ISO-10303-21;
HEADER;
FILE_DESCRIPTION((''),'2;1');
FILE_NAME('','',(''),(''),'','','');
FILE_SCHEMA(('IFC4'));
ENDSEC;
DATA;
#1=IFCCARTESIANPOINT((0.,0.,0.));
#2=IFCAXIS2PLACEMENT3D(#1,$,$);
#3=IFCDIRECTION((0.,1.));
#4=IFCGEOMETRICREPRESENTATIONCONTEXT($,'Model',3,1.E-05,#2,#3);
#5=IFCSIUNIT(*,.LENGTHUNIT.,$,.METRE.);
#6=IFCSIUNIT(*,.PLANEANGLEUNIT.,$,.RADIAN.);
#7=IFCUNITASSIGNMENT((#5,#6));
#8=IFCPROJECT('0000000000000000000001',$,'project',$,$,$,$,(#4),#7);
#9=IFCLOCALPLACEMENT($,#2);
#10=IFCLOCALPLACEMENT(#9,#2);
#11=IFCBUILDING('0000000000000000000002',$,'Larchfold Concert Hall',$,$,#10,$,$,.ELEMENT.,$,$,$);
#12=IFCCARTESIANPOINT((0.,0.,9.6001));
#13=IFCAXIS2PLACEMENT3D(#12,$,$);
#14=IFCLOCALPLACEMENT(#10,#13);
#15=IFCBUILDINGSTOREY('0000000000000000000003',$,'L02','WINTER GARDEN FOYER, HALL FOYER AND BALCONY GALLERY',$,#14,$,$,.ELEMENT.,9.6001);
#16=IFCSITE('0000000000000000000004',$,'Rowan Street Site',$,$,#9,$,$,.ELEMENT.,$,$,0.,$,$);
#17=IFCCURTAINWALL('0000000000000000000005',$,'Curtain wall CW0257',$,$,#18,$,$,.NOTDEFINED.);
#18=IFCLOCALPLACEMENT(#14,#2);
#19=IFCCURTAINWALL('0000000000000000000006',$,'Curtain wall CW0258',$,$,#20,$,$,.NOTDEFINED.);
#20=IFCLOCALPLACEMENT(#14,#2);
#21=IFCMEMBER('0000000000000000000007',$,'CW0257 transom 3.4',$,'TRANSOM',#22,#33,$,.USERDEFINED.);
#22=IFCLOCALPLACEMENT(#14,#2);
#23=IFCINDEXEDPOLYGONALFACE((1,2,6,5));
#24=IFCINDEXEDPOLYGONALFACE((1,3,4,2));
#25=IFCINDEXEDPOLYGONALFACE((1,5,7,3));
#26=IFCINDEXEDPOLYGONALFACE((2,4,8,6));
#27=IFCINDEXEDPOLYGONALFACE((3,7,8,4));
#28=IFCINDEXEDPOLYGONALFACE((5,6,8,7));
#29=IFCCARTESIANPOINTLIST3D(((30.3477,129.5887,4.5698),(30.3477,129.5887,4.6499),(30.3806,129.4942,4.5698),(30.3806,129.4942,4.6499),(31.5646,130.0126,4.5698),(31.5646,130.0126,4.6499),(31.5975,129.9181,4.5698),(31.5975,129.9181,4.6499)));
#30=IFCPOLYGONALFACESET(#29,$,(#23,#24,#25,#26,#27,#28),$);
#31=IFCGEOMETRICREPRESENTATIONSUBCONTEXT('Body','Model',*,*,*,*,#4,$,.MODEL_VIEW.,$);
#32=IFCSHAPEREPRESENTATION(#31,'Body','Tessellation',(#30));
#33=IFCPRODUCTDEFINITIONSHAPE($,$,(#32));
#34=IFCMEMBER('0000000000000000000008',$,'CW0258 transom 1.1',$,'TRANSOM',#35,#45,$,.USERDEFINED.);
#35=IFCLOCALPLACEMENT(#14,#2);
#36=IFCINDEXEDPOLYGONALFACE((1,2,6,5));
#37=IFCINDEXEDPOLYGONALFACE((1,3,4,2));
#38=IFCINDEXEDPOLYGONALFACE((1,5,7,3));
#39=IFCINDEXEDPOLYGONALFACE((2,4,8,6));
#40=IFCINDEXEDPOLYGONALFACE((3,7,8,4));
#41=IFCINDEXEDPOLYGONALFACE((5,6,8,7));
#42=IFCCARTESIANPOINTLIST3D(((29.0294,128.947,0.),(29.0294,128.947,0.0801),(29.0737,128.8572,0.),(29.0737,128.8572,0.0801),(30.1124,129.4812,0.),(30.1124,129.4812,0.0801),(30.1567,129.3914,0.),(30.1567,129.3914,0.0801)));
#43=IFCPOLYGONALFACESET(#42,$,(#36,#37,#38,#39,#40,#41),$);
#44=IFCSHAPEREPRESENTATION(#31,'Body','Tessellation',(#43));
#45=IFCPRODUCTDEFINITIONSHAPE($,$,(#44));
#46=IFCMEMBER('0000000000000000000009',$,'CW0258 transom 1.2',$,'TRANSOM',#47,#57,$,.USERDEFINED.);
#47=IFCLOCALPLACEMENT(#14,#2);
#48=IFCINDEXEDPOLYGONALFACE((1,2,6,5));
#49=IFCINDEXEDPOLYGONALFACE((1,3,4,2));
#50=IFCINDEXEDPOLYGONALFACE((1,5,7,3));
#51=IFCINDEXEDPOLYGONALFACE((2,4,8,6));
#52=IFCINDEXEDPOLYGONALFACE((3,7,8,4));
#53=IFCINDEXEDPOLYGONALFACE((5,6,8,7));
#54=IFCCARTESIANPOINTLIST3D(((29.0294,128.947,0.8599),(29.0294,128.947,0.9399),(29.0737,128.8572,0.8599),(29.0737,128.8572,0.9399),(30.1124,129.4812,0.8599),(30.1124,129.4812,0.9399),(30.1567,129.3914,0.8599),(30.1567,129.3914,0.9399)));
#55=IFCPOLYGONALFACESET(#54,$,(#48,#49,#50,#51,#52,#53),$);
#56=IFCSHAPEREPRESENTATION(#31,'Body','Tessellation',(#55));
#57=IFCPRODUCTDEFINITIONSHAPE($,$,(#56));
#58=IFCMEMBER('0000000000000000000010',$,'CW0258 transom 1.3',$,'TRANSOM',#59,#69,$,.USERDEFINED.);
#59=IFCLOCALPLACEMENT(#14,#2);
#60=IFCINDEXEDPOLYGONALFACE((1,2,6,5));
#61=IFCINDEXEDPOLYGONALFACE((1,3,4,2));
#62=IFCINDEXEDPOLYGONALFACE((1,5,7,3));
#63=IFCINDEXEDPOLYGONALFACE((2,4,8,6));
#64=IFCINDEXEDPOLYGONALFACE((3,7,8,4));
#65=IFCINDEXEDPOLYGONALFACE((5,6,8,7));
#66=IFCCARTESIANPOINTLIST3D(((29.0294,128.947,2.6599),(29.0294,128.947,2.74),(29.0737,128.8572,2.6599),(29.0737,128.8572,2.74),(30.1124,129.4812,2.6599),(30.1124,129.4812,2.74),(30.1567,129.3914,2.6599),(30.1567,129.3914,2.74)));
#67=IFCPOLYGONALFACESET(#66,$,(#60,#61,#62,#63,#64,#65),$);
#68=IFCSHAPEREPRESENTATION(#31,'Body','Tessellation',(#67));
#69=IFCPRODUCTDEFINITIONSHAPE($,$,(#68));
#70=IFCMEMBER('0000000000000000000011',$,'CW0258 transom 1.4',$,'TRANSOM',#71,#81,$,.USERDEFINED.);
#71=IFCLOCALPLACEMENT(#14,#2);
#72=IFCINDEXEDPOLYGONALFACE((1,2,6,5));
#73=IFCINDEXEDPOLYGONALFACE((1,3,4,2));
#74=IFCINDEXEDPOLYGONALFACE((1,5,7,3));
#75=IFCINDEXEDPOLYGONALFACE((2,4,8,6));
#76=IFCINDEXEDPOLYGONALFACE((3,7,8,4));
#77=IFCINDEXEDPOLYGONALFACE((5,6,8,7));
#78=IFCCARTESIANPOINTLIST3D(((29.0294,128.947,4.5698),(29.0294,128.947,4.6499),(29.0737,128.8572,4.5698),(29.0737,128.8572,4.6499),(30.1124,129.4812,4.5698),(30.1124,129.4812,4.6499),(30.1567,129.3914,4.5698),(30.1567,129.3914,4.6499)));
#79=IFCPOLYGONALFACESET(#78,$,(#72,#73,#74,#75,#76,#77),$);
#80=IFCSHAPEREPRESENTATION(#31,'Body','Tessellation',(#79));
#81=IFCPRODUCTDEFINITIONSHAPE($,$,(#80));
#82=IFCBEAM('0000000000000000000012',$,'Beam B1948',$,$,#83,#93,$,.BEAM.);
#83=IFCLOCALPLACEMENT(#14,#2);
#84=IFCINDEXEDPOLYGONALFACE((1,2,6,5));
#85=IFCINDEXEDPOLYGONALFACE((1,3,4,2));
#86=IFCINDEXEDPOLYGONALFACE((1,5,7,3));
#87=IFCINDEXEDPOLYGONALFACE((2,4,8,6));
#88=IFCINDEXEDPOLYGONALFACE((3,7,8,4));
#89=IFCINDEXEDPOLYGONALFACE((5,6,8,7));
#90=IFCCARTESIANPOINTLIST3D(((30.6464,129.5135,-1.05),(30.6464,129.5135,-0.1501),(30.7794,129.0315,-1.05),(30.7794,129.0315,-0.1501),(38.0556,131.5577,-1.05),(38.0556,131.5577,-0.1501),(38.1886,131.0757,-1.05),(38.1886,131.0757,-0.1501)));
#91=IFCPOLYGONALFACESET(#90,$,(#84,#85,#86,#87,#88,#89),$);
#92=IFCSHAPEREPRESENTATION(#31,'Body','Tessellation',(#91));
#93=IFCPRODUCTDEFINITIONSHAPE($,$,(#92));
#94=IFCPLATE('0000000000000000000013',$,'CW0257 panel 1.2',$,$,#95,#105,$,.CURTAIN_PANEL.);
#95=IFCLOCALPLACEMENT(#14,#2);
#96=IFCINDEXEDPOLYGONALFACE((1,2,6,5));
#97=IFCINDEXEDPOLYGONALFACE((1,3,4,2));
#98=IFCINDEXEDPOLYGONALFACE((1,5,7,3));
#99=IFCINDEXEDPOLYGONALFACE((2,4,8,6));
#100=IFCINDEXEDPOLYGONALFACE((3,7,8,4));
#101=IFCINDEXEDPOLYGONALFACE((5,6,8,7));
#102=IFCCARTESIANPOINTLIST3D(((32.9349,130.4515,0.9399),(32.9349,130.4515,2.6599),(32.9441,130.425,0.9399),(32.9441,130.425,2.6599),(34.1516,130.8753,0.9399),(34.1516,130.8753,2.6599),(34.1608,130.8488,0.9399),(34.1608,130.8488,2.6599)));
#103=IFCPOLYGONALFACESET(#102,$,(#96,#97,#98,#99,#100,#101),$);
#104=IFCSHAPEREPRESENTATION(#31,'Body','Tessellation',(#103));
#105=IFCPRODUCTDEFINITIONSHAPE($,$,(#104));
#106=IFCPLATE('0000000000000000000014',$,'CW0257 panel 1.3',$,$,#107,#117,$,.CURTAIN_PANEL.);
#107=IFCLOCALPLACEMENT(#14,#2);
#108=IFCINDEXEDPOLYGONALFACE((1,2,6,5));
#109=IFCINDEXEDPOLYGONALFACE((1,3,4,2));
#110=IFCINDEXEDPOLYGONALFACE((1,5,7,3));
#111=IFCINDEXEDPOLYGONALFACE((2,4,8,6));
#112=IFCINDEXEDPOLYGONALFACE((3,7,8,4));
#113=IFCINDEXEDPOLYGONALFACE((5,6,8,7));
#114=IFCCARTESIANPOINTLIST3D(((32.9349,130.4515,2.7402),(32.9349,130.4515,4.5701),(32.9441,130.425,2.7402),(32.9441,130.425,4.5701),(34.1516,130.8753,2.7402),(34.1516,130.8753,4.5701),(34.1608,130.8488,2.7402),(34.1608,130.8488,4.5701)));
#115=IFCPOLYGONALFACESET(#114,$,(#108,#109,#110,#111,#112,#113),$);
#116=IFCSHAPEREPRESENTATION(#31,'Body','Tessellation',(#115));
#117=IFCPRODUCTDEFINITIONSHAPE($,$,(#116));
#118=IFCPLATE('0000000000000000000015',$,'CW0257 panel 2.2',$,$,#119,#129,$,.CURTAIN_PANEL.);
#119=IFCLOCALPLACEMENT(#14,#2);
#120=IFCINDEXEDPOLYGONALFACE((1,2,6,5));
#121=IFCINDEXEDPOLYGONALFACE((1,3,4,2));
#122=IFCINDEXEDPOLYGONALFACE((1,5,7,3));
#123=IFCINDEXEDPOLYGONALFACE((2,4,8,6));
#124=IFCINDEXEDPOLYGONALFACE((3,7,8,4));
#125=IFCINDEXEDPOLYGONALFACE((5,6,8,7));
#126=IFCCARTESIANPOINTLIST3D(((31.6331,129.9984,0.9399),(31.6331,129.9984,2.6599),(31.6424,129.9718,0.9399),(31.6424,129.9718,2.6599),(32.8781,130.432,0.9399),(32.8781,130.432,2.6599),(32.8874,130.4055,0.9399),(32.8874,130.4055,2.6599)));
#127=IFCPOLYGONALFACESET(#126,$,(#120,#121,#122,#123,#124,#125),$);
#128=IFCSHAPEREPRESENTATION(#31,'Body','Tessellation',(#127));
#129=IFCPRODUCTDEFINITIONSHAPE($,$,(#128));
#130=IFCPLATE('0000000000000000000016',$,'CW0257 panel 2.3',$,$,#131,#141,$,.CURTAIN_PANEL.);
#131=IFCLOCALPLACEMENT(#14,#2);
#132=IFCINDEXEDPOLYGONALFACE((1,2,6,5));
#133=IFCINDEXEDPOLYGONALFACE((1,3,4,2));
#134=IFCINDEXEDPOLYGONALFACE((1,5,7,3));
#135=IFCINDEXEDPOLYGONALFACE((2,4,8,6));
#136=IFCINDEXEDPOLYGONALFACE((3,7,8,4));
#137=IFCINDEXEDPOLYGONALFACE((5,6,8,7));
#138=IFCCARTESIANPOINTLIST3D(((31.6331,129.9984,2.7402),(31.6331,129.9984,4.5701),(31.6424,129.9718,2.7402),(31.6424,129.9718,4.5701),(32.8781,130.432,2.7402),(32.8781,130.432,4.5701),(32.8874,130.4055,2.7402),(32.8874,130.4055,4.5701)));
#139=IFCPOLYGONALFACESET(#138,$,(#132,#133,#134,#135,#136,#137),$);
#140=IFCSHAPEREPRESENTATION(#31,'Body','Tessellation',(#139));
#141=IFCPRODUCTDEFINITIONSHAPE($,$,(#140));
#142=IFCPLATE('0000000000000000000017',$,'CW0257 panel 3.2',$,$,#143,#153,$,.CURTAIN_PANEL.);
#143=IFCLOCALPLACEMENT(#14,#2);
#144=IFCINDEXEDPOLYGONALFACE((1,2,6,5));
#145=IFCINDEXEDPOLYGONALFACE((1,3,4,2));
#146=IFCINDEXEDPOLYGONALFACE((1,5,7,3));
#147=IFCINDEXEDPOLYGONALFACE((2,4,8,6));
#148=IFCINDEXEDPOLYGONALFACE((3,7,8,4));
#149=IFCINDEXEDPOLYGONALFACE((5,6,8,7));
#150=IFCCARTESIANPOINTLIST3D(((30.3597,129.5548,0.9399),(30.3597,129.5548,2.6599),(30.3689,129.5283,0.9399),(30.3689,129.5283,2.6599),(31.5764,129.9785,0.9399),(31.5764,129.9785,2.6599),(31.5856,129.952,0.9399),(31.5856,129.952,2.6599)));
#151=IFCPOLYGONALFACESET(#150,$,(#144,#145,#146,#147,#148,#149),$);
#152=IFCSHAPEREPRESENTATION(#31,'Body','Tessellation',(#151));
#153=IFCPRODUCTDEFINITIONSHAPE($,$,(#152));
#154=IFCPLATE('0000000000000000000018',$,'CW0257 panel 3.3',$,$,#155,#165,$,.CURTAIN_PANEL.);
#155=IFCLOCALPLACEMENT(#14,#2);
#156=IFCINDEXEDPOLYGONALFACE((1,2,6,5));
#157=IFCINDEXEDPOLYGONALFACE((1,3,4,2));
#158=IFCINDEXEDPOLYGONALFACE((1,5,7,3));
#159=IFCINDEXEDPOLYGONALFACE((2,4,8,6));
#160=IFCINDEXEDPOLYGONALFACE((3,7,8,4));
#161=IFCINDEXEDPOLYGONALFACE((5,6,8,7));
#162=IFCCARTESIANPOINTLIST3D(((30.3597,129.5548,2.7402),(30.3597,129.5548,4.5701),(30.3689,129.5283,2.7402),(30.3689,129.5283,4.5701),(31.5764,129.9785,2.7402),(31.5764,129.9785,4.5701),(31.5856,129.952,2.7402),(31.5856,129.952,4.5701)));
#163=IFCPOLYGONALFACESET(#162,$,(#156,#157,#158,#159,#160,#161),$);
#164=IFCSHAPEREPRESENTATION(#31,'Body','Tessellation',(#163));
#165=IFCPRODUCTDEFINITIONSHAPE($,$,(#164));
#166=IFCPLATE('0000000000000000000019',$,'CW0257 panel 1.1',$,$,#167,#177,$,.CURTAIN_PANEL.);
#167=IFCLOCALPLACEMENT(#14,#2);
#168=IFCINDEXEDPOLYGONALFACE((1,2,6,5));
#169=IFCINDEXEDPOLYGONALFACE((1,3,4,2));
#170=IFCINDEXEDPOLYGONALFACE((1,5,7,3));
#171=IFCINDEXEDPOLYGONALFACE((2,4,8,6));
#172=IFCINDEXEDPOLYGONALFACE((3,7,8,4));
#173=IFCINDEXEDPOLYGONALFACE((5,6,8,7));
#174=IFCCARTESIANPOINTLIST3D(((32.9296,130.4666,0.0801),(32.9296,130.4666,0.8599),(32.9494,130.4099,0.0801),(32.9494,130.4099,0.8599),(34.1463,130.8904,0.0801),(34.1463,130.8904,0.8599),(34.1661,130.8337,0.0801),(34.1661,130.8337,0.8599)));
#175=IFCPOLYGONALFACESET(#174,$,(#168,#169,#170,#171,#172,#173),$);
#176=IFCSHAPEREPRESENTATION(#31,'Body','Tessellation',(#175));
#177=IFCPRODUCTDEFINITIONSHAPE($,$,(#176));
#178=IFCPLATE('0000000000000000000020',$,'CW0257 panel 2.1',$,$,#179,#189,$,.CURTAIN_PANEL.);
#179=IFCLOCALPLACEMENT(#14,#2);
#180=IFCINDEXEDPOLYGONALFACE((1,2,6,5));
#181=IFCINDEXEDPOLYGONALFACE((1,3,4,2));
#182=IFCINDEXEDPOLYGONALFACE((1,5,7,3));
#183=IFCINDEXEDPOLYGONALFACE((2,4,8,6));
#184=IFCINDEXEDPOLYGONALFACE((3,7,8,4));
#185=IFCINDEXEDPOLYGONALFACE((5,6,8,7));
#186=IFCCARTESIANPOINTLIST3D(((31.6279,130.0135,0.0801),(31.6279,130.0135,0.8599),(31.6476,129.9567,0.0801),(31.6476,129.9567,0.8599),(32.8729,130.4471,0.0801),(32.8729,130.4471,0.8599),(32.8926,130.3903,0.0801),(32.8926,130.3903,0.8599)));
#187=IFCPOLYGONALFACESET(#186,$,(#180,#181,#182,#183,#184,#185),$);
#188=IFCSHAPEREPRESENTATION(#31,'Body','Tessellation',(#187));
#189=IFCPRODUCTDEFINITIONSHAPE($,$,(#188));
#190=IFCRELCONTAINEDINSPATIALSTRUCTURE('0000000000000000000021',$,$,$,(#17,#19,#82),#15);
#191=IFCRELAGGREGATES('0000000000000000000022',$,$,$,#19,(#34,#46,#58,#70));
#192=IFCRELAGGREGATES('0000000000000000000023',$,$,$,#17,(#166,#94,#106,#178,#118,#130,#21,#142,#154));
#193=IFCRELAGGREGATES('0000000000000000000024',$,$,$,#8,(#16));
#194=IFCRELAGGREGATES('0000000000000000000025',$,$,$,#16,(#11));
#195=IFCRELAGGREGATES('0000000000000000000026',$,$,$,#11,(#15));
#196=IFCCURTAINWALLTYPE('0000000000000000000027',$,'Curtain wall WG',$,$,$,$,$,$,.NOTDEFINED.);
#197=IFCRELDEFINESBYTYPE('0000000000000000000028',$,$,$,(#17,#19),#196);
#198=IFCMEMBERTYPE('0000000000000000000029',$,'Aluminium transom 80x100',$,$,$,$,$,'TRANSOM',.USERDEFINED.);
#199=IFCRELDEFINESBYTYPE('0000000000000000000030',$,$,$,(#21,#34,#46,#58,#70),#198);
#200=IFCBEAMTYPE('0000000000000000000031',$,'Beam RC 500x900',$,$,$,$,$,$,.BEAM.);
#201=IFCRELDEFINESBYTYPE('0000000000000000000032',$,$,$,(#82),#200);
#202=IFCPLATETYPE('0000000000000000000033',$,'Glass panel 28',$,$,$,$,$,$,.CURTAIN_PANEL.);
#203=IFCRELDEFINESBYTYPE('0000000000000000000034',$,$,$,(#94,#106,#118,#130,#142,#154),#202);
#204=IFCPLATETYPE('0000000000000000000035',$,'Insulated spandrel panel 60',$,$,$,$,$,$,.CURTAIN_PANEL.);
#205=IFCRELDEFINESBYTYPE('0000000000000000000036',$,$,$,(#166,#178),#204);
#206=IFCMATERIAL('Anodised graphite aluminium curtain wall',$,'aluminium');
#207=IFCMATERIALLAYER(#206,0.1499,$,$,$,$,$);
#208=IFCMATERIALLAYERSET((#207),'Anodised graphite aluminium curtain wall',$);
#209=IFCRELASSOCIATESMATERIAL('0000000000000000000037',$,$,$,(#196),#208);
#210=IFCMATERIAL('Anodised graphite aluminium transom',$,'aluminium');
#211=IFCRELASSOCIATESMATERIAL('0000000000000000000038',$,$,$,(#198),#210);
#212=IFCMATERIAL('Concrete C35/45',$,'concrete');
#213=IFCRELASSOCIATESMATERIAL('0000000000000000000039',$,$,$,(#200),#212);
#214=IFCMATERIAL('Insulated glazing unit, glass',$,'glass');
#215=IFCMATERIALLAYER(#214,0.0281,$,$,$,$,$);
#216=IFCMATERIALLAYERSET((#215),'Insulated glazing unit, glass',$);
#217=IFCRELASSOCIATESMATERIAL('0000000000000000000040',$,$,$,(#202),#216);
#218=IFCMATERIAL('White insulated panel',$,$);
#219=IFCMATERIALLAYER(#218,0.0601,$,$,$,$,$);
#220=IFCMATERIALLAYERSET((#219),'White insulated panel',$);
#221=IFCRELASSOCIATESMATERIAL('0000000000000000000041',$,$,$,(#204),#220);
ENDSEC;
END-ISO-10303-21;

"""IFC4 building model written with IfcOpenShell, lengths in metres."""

from ifc_helpers import new_model, si_unit, direction, frame, origin, origin_2d, place, context, subcontext, project, spatial, rectangle, extrude, material, layer, layer_set, material_profile, profile_set, type_object, element, aggregate, save


model = new_model("IFC4")

# Units and contexts
model_context = context("Model", 3, precision=1e-05, world=origin(), true_north=direction((0.0, 1.0)))
body_context = subcontext(model_context, "Body", "Model", "MODEL_VIEW")
ifc_project = project(units=[si_unit("LENGTHUNIT", "METRE"), si_unit("PLANEANGLEUNIT", "RADIAN")], contexts=[model_context])

# Site, building, storey
site_placement = place(None, origin())
site = spatial("IfcSite", under=ifc_project, at=site_placement, Name="Rowan Street Site", CompositionType="ELEMENT", RefElevation=0.0)
building_placement = place(site_placement, origin())
building = spatial("IfcBuilding", under=site, at=building_placement, Name="Larchfold Concert Hall", CompositionType="ELEMENT")
storey_placement = place(building_placement, frame((0.0, 0.0, 9.6001)))
storey = spatial("IfcBuildingStorey", under=building, at=storey_placement, Name="L02", Description="WINTER GARDEN FOYER, HALL FOYER AND BALCONY GALLERY", CompositionType="ELEMENT", Elevation=9.6001)

# Curtain wall
ifc_material_1 = material(Name="Anodised graphite aluminium curtain wall", Category="aluminium")
ifc_layer_1 = layer(ifc_material_1, 0.1499)
ifc_layer_set_1 = layer_set([ifc_layer_1], Name="Anodised graphite aluminium curtain wall")
curtain_wall_type = type_object("IfcCurtainWallType", Name="Curtain wall WG", PredefinedType="NOTDEFINED", material=ifc_layer_set_1)
curtain_wall_1_placement = place(storey_placement, origin())
curtain_wall_1 = element("IfcCurtainWall", 1, at=curtain_wall_1_placement, inside=storey, type_object=curtain_wall_type, Name="Curtain wall CW0257", PredefinedType="NOTDEFINED")

# Curtain wall
curtain_wall_2_placement = place(storey_placement, origin())
curtain_wall_2 = element("IfcCurtainWall", 2, at=curtain_wall_2_placement, inside=storey, type_object=curtain_wall_type, Name="Curtain wall CW0258", PredefinedType="NOTDEFINED")

# Members
ifc_material_2 = material(Name="Anodised graphite aluminium transom", Category="aluminium")
ifc_material_profile_1 = material_profile(ifc_material_2, rectangle(XDim=0.1001, YDim=0.0801, at=origin_2d()))
ifc_profile_set_1 = profile_set([ifc_material_profile_1], Name="Anodised graphite aluminium transom")
member_type_1 = type_object("IfcMemberType", Name="Aluminium transom 80x100", ElementType="TRANSOM", PredefinedType="USERDEFINED", material=ifc_profile_set_1)
member_1_placement = place(storey_placement, frame((31.5811, 129.9653, 4.6099), z_axis=(-0.944354, -0.328932, 0.0), x_axis=(0.328932, -0.944354, 0.0)))
member_1 = element("IfcMember", 3, at=member_1_placement, type_object=member_type_1, Name="CW0257 transom 3.4", ObjectType="TRANSOM", PredefinedType="USERDEFINED", context=body_context, shape_type="SweptSolid", body=[
    extrude(rectangle(XDim=0.1001, YDim=0.0801, at=origin_2d()), origin(), (0.0, 0.0, 1.0), 1.2886),
])
member_2_placement = place(storey_placement, frame((30.1345, 129.4363, 0.04), z_axis=(-0.89684, -0.442355, 0.0), x_axis=(0.442355, -0.89684, 0.0)))
member_2 = element("IfcMember", 4, at=member_2_placement, type_object=member_type_1, Name="CW0258 transom 1.1", ObjectType="TRANSOM", PredefinedType="USERDEFINED", context=body_context, shape_type="SweptSolid", body=[
    extrude(rectangle(XDim=0.1001, YDim=0.0801, at=origin_2d()), origin(), (0.0, 0.0, 1.0), 1.2075),
])
member_3_placement = place(storey_placement, frame((30.1345, 129.4363, 0.8999), z_axis=(-0.89684, -0.442355, 0.0), x_axis=(0.442355, -0.89684, 0.0)))
member_3 = element("IfcMember", 5, at=member_3_placement, type_object=member_type_1, Name="CW0258 transom 1.2", ObjectType="TRANSOM", PredefinedType="USERDEFINED", context=body_context, shape_type="SweptSolid", body=[
    extrude(rectangle(XDim=0.1001, YDim=0.0801, at=origin_2d()), origin(), (0.0, 0.0, 1.0), 1.2075),
])
member_4_placement = place(storey_placement, frame((30.1345, 129.4363, 2.7), z_axis=(-0.89684, -0.442355, 0.0), x_axis=(0.442355, -0.89684, 0.0)))
member_4 = element("IfcMember", 6, at=member_4_placement, type_object=member_type_1, Name="CW0258 transom 1.3", ObjectType="TRANSOM", PredefinedType="USERDEFINED", context=body_context, shape_type="SweptSolid", body=[
    extrude(rectangle(XDim=0.1001, YDim=0.0801, at=origin_2d()), origin(), (0.0, 0.0, 1.0), 1.2075),
])
member_5_placement = place(storey_placement, frame((30.1345, 129.4363, 4.6099), z_axis=(-0.89684, -0.442355, 0.0), x_axis=(0.442355, -0.89684, 0.0)))
member_5 = element("IfcMember", 7, at=member_5_placement, type_object=member_type_1, Name="CW0258 transom 1.4", ObjectType="TRANSOM", PredefinedType="USERDEFINED", context=body_context, shape_type="SweptSolid", body=[
    extrude(rectangle(XDim=0.1001, YDim=0.0801, at=origin_2d()), origin(), (0.0, 0.0, 1.0), 1.2075),
])
aggregate(curtain_wall_2, [member_2, member_3, member_4, member_5])

# Beam
ifc_material_3 = material(Name="Concrete C35/45", Category="concrete")
ifc_material_profile_2 = material_profile(ifc_material_3, rectangle(XDim=0.5, YDim=0.8999, at=origin_2d()))
ifc_profile_set_2 = profile_set([ifc_material_profile_2], Name="Concrete C35/45")
beam_type = type_object("IfcBeamType", Name="Beam RC 500x900", PredefinedType="BEAM", material=ifc_profile_set_2)
beam_placement = place(storey_placement, frame((30.7129, 129.2725, -0.6001), z_axis=(0.963983, 0.265963, 0.0), x_axis=(-0.265963, 0.963983, 0.0)))
element("IfcBeam", 8, at=beam_placement, inside=storey, type_object=beam_type, Name="Beam B1948", PredefinedType="BEAM", context=body_context, shape_type="SweptSolid", body=[
    extrude(rectangle(XDim=0.5, YDim=0.8999, at=origin_2d()), origin(), (0.0, 0.0, 1.0), 7.686),
])

# Plates
ifc_material_4 = material(Name="Insulated glazing unit, glass", Category="glass")
ifc_layer_2 = layer(ifc_material_4, 0.0281)
ifc_layer_set_2 = layer_set([ifc_layer_2], Name="Insulated glazing unit, glass")
plate_type_1 = type_object("IfcPlateType", Name="Glass panel 28", PredefinedType="CURTAIN_PANEL", material=ifc_layer_set_2)
plate_1_placement = place(storey_placement, frame((33.5479, 130.6501, 0.9399), z_axis=(0.0, 0.0, 1.0), x_axis=(-0.944365, -0.328898, 0.0)))
plate_1 = element("IfcPlate", 9, at=plate_1_placement, type_object=plate_type_1, Name="CW0257 panel 1.2", PredefinedType="CURTAIN_PANEL", context=body_context, shape_type="SweptSolid", body=[
    extrude(rectangle(XDim=1.2883, YDim=0.0281, at=origin_2d()), origin(), (0.0, 0.0, 1.0), 1.72),
])
plate_2_placement = place(storey_placement, frame((33.5479, 130.6501, 2.7402), z_axis=(0.0, 0.0, 1.0), x_axis=(-0.944365, -0.328898, 0.0)))
plate_2 = element("IfcPlate", 10, at=plate_2_placement, type_object=plate_type_1, Name="CW0257 panel 1.3", PredefinedType="CURTAIN_PANEL", context=body_context, shape_type="SweptSolid", body=[
    extrude(rectangle(XDim=1.2883, YDim=0.0281, at=origin_2d()), origin(), (0.0, 0.0, 1.0), 1.8298),
])
plate_3_placement = place(storey_placement, frame((32.2603, 130.2019, 0.9399), z_axis=(0.0, 0.0, 1.0), x_axis=(-0.944365, -0.328898, 0.0)))
plate_3 = element("IfcPlate", 11, at=plate_3_placement, type_object=plate_type_1, Name="CW0257 panel 2.2", PredefinedType="CURTAIN_PANEL", context=body_context, shape_type="SweptSolid", body=[
    extrude(rectangle(XDim=1.3184, YDim=0.0281, at=origin_2d()), origin(), (0.0, 0.0, 1.0), 1.72),
])
plate_4_placement = place(storey_placement, frame((32.2603, 130.2019, 2.7402), z_axis=(0.0, 0.0, 1.0), x_axis=(-0.944365, -0.328898, 0.0)))
plate_4 = element("IfcPlate", 12, at=plate_4_placement, type_object=plate_type_1, Name="CW0257 panel 2.3", PredefinedType="CURTAIN_PANEL", context=body_context, shape_type="SweptSolid", body=[
    extrude(rectangle(XDim=1.3184, YDim=0.0281, at=origin_2d()), origin(), (0.0, 0.0, 1.0), 1.8298),
])
plate_5_placement = place(storey_placement, frame((30.9727, 129.7534, 0.9399), z_axis=(0.0, 0.0, 1.0), x_axis=(-0.944365, -0.328898, 0.0)))
plate_5 = element("IfcPlate", 13, at=plate_5_placement, type_object=plate_type_1, Name="CW0257 panel 3.2", PredefinedType="CURTAIN_PANEL", context=body_context, shape_type="SweptSolid", body=[
    extrude(rectangle(XDim=1.2883, YDim=0.0281, at=origin_2d()), origin(), (0.0, 0.0, 1.0), 1.72),
])
plate_6_placement = place(storey_placement, frame((30.9727, 129.7534, 2.7402), z_axis=(0.0, 0.0, 1.0), x_axis=(-0.944365, -0.328898, 0.0)))
plate_6 = element("IfcPlate", 14, at=plate_6_placement, type_object=plate_type_1, Name="CW0257 panel 3.3", PredefinedType="CURTAIN_PANEL", context=body_context, shape_type="SweptSolid", body=[
    extrude(rectangle(XDim=1.2883, YDim=0.0281, at=origin_2d()), origin(), (0.0, 0.0, 1.0), 1.8298),
])
ifc_material_5 = material(Name="White insulated panel")
ifc_layer_3 = layer(ifc_material_5, 0.0601)
ifc_layer_set_3 = layer_set([ifc_layer_3], Name="White insulated panel")
plate_type_2 = type_object("IfcPlateType", Name="Insulated spandrel panel 60", PredefinedType="CURTAIN_PANEL", material=ifc_layer_set_3)
plate_7_placement = place(storey_placement, frame((33.5479, 130.6501, 0.0801), z_axis=(0.0, 0.0, 1.0), x_axis=(-0.944365, -0.328898, 0.0)))
plate_7 = element("IfcPlate", 15, at=plate_7_placement, type_object=plate_type_2, Name="CW0257 panel 1.1", PredefinedType="CURTAIN_PANEL", context=body_context, shape_type="SweptSolid", body=[
    extrude(rectangle(XDim=1.2883, YDim=0.0601, at=origin_2d()), origin(), (0.0, 0.0, 1.0), 0.7798),
])
plate_8_placement = place(storey_placement, frame((32.2603, 130.2019, 0.0801), z_axis=(0.0, 0.0, 1.0), x_axis=(-0.944365, -0.328898, 0.0)))
plate_8 = element("IfcPlate", 16, at=plate_8_placement, type_object=plate_type_2, Name="CW0257 panel 2.1", PredefinedType="CURTAIN_PANEL", context=body_context, shape_type="SweptSolid", body=[
    extrude(rectangle(XDim=1.3184, YDim=0.0601, at=origin_2d()), origin(), (0.0, 0.0, 1.0), 0.7798),
])
aggregate(curtain_wall_1, [plate_7, plate_1, plate_2, plate_8, plate_3, plate_4, member_1, plate_5, plate_6])

save(model, "model.ifc")
